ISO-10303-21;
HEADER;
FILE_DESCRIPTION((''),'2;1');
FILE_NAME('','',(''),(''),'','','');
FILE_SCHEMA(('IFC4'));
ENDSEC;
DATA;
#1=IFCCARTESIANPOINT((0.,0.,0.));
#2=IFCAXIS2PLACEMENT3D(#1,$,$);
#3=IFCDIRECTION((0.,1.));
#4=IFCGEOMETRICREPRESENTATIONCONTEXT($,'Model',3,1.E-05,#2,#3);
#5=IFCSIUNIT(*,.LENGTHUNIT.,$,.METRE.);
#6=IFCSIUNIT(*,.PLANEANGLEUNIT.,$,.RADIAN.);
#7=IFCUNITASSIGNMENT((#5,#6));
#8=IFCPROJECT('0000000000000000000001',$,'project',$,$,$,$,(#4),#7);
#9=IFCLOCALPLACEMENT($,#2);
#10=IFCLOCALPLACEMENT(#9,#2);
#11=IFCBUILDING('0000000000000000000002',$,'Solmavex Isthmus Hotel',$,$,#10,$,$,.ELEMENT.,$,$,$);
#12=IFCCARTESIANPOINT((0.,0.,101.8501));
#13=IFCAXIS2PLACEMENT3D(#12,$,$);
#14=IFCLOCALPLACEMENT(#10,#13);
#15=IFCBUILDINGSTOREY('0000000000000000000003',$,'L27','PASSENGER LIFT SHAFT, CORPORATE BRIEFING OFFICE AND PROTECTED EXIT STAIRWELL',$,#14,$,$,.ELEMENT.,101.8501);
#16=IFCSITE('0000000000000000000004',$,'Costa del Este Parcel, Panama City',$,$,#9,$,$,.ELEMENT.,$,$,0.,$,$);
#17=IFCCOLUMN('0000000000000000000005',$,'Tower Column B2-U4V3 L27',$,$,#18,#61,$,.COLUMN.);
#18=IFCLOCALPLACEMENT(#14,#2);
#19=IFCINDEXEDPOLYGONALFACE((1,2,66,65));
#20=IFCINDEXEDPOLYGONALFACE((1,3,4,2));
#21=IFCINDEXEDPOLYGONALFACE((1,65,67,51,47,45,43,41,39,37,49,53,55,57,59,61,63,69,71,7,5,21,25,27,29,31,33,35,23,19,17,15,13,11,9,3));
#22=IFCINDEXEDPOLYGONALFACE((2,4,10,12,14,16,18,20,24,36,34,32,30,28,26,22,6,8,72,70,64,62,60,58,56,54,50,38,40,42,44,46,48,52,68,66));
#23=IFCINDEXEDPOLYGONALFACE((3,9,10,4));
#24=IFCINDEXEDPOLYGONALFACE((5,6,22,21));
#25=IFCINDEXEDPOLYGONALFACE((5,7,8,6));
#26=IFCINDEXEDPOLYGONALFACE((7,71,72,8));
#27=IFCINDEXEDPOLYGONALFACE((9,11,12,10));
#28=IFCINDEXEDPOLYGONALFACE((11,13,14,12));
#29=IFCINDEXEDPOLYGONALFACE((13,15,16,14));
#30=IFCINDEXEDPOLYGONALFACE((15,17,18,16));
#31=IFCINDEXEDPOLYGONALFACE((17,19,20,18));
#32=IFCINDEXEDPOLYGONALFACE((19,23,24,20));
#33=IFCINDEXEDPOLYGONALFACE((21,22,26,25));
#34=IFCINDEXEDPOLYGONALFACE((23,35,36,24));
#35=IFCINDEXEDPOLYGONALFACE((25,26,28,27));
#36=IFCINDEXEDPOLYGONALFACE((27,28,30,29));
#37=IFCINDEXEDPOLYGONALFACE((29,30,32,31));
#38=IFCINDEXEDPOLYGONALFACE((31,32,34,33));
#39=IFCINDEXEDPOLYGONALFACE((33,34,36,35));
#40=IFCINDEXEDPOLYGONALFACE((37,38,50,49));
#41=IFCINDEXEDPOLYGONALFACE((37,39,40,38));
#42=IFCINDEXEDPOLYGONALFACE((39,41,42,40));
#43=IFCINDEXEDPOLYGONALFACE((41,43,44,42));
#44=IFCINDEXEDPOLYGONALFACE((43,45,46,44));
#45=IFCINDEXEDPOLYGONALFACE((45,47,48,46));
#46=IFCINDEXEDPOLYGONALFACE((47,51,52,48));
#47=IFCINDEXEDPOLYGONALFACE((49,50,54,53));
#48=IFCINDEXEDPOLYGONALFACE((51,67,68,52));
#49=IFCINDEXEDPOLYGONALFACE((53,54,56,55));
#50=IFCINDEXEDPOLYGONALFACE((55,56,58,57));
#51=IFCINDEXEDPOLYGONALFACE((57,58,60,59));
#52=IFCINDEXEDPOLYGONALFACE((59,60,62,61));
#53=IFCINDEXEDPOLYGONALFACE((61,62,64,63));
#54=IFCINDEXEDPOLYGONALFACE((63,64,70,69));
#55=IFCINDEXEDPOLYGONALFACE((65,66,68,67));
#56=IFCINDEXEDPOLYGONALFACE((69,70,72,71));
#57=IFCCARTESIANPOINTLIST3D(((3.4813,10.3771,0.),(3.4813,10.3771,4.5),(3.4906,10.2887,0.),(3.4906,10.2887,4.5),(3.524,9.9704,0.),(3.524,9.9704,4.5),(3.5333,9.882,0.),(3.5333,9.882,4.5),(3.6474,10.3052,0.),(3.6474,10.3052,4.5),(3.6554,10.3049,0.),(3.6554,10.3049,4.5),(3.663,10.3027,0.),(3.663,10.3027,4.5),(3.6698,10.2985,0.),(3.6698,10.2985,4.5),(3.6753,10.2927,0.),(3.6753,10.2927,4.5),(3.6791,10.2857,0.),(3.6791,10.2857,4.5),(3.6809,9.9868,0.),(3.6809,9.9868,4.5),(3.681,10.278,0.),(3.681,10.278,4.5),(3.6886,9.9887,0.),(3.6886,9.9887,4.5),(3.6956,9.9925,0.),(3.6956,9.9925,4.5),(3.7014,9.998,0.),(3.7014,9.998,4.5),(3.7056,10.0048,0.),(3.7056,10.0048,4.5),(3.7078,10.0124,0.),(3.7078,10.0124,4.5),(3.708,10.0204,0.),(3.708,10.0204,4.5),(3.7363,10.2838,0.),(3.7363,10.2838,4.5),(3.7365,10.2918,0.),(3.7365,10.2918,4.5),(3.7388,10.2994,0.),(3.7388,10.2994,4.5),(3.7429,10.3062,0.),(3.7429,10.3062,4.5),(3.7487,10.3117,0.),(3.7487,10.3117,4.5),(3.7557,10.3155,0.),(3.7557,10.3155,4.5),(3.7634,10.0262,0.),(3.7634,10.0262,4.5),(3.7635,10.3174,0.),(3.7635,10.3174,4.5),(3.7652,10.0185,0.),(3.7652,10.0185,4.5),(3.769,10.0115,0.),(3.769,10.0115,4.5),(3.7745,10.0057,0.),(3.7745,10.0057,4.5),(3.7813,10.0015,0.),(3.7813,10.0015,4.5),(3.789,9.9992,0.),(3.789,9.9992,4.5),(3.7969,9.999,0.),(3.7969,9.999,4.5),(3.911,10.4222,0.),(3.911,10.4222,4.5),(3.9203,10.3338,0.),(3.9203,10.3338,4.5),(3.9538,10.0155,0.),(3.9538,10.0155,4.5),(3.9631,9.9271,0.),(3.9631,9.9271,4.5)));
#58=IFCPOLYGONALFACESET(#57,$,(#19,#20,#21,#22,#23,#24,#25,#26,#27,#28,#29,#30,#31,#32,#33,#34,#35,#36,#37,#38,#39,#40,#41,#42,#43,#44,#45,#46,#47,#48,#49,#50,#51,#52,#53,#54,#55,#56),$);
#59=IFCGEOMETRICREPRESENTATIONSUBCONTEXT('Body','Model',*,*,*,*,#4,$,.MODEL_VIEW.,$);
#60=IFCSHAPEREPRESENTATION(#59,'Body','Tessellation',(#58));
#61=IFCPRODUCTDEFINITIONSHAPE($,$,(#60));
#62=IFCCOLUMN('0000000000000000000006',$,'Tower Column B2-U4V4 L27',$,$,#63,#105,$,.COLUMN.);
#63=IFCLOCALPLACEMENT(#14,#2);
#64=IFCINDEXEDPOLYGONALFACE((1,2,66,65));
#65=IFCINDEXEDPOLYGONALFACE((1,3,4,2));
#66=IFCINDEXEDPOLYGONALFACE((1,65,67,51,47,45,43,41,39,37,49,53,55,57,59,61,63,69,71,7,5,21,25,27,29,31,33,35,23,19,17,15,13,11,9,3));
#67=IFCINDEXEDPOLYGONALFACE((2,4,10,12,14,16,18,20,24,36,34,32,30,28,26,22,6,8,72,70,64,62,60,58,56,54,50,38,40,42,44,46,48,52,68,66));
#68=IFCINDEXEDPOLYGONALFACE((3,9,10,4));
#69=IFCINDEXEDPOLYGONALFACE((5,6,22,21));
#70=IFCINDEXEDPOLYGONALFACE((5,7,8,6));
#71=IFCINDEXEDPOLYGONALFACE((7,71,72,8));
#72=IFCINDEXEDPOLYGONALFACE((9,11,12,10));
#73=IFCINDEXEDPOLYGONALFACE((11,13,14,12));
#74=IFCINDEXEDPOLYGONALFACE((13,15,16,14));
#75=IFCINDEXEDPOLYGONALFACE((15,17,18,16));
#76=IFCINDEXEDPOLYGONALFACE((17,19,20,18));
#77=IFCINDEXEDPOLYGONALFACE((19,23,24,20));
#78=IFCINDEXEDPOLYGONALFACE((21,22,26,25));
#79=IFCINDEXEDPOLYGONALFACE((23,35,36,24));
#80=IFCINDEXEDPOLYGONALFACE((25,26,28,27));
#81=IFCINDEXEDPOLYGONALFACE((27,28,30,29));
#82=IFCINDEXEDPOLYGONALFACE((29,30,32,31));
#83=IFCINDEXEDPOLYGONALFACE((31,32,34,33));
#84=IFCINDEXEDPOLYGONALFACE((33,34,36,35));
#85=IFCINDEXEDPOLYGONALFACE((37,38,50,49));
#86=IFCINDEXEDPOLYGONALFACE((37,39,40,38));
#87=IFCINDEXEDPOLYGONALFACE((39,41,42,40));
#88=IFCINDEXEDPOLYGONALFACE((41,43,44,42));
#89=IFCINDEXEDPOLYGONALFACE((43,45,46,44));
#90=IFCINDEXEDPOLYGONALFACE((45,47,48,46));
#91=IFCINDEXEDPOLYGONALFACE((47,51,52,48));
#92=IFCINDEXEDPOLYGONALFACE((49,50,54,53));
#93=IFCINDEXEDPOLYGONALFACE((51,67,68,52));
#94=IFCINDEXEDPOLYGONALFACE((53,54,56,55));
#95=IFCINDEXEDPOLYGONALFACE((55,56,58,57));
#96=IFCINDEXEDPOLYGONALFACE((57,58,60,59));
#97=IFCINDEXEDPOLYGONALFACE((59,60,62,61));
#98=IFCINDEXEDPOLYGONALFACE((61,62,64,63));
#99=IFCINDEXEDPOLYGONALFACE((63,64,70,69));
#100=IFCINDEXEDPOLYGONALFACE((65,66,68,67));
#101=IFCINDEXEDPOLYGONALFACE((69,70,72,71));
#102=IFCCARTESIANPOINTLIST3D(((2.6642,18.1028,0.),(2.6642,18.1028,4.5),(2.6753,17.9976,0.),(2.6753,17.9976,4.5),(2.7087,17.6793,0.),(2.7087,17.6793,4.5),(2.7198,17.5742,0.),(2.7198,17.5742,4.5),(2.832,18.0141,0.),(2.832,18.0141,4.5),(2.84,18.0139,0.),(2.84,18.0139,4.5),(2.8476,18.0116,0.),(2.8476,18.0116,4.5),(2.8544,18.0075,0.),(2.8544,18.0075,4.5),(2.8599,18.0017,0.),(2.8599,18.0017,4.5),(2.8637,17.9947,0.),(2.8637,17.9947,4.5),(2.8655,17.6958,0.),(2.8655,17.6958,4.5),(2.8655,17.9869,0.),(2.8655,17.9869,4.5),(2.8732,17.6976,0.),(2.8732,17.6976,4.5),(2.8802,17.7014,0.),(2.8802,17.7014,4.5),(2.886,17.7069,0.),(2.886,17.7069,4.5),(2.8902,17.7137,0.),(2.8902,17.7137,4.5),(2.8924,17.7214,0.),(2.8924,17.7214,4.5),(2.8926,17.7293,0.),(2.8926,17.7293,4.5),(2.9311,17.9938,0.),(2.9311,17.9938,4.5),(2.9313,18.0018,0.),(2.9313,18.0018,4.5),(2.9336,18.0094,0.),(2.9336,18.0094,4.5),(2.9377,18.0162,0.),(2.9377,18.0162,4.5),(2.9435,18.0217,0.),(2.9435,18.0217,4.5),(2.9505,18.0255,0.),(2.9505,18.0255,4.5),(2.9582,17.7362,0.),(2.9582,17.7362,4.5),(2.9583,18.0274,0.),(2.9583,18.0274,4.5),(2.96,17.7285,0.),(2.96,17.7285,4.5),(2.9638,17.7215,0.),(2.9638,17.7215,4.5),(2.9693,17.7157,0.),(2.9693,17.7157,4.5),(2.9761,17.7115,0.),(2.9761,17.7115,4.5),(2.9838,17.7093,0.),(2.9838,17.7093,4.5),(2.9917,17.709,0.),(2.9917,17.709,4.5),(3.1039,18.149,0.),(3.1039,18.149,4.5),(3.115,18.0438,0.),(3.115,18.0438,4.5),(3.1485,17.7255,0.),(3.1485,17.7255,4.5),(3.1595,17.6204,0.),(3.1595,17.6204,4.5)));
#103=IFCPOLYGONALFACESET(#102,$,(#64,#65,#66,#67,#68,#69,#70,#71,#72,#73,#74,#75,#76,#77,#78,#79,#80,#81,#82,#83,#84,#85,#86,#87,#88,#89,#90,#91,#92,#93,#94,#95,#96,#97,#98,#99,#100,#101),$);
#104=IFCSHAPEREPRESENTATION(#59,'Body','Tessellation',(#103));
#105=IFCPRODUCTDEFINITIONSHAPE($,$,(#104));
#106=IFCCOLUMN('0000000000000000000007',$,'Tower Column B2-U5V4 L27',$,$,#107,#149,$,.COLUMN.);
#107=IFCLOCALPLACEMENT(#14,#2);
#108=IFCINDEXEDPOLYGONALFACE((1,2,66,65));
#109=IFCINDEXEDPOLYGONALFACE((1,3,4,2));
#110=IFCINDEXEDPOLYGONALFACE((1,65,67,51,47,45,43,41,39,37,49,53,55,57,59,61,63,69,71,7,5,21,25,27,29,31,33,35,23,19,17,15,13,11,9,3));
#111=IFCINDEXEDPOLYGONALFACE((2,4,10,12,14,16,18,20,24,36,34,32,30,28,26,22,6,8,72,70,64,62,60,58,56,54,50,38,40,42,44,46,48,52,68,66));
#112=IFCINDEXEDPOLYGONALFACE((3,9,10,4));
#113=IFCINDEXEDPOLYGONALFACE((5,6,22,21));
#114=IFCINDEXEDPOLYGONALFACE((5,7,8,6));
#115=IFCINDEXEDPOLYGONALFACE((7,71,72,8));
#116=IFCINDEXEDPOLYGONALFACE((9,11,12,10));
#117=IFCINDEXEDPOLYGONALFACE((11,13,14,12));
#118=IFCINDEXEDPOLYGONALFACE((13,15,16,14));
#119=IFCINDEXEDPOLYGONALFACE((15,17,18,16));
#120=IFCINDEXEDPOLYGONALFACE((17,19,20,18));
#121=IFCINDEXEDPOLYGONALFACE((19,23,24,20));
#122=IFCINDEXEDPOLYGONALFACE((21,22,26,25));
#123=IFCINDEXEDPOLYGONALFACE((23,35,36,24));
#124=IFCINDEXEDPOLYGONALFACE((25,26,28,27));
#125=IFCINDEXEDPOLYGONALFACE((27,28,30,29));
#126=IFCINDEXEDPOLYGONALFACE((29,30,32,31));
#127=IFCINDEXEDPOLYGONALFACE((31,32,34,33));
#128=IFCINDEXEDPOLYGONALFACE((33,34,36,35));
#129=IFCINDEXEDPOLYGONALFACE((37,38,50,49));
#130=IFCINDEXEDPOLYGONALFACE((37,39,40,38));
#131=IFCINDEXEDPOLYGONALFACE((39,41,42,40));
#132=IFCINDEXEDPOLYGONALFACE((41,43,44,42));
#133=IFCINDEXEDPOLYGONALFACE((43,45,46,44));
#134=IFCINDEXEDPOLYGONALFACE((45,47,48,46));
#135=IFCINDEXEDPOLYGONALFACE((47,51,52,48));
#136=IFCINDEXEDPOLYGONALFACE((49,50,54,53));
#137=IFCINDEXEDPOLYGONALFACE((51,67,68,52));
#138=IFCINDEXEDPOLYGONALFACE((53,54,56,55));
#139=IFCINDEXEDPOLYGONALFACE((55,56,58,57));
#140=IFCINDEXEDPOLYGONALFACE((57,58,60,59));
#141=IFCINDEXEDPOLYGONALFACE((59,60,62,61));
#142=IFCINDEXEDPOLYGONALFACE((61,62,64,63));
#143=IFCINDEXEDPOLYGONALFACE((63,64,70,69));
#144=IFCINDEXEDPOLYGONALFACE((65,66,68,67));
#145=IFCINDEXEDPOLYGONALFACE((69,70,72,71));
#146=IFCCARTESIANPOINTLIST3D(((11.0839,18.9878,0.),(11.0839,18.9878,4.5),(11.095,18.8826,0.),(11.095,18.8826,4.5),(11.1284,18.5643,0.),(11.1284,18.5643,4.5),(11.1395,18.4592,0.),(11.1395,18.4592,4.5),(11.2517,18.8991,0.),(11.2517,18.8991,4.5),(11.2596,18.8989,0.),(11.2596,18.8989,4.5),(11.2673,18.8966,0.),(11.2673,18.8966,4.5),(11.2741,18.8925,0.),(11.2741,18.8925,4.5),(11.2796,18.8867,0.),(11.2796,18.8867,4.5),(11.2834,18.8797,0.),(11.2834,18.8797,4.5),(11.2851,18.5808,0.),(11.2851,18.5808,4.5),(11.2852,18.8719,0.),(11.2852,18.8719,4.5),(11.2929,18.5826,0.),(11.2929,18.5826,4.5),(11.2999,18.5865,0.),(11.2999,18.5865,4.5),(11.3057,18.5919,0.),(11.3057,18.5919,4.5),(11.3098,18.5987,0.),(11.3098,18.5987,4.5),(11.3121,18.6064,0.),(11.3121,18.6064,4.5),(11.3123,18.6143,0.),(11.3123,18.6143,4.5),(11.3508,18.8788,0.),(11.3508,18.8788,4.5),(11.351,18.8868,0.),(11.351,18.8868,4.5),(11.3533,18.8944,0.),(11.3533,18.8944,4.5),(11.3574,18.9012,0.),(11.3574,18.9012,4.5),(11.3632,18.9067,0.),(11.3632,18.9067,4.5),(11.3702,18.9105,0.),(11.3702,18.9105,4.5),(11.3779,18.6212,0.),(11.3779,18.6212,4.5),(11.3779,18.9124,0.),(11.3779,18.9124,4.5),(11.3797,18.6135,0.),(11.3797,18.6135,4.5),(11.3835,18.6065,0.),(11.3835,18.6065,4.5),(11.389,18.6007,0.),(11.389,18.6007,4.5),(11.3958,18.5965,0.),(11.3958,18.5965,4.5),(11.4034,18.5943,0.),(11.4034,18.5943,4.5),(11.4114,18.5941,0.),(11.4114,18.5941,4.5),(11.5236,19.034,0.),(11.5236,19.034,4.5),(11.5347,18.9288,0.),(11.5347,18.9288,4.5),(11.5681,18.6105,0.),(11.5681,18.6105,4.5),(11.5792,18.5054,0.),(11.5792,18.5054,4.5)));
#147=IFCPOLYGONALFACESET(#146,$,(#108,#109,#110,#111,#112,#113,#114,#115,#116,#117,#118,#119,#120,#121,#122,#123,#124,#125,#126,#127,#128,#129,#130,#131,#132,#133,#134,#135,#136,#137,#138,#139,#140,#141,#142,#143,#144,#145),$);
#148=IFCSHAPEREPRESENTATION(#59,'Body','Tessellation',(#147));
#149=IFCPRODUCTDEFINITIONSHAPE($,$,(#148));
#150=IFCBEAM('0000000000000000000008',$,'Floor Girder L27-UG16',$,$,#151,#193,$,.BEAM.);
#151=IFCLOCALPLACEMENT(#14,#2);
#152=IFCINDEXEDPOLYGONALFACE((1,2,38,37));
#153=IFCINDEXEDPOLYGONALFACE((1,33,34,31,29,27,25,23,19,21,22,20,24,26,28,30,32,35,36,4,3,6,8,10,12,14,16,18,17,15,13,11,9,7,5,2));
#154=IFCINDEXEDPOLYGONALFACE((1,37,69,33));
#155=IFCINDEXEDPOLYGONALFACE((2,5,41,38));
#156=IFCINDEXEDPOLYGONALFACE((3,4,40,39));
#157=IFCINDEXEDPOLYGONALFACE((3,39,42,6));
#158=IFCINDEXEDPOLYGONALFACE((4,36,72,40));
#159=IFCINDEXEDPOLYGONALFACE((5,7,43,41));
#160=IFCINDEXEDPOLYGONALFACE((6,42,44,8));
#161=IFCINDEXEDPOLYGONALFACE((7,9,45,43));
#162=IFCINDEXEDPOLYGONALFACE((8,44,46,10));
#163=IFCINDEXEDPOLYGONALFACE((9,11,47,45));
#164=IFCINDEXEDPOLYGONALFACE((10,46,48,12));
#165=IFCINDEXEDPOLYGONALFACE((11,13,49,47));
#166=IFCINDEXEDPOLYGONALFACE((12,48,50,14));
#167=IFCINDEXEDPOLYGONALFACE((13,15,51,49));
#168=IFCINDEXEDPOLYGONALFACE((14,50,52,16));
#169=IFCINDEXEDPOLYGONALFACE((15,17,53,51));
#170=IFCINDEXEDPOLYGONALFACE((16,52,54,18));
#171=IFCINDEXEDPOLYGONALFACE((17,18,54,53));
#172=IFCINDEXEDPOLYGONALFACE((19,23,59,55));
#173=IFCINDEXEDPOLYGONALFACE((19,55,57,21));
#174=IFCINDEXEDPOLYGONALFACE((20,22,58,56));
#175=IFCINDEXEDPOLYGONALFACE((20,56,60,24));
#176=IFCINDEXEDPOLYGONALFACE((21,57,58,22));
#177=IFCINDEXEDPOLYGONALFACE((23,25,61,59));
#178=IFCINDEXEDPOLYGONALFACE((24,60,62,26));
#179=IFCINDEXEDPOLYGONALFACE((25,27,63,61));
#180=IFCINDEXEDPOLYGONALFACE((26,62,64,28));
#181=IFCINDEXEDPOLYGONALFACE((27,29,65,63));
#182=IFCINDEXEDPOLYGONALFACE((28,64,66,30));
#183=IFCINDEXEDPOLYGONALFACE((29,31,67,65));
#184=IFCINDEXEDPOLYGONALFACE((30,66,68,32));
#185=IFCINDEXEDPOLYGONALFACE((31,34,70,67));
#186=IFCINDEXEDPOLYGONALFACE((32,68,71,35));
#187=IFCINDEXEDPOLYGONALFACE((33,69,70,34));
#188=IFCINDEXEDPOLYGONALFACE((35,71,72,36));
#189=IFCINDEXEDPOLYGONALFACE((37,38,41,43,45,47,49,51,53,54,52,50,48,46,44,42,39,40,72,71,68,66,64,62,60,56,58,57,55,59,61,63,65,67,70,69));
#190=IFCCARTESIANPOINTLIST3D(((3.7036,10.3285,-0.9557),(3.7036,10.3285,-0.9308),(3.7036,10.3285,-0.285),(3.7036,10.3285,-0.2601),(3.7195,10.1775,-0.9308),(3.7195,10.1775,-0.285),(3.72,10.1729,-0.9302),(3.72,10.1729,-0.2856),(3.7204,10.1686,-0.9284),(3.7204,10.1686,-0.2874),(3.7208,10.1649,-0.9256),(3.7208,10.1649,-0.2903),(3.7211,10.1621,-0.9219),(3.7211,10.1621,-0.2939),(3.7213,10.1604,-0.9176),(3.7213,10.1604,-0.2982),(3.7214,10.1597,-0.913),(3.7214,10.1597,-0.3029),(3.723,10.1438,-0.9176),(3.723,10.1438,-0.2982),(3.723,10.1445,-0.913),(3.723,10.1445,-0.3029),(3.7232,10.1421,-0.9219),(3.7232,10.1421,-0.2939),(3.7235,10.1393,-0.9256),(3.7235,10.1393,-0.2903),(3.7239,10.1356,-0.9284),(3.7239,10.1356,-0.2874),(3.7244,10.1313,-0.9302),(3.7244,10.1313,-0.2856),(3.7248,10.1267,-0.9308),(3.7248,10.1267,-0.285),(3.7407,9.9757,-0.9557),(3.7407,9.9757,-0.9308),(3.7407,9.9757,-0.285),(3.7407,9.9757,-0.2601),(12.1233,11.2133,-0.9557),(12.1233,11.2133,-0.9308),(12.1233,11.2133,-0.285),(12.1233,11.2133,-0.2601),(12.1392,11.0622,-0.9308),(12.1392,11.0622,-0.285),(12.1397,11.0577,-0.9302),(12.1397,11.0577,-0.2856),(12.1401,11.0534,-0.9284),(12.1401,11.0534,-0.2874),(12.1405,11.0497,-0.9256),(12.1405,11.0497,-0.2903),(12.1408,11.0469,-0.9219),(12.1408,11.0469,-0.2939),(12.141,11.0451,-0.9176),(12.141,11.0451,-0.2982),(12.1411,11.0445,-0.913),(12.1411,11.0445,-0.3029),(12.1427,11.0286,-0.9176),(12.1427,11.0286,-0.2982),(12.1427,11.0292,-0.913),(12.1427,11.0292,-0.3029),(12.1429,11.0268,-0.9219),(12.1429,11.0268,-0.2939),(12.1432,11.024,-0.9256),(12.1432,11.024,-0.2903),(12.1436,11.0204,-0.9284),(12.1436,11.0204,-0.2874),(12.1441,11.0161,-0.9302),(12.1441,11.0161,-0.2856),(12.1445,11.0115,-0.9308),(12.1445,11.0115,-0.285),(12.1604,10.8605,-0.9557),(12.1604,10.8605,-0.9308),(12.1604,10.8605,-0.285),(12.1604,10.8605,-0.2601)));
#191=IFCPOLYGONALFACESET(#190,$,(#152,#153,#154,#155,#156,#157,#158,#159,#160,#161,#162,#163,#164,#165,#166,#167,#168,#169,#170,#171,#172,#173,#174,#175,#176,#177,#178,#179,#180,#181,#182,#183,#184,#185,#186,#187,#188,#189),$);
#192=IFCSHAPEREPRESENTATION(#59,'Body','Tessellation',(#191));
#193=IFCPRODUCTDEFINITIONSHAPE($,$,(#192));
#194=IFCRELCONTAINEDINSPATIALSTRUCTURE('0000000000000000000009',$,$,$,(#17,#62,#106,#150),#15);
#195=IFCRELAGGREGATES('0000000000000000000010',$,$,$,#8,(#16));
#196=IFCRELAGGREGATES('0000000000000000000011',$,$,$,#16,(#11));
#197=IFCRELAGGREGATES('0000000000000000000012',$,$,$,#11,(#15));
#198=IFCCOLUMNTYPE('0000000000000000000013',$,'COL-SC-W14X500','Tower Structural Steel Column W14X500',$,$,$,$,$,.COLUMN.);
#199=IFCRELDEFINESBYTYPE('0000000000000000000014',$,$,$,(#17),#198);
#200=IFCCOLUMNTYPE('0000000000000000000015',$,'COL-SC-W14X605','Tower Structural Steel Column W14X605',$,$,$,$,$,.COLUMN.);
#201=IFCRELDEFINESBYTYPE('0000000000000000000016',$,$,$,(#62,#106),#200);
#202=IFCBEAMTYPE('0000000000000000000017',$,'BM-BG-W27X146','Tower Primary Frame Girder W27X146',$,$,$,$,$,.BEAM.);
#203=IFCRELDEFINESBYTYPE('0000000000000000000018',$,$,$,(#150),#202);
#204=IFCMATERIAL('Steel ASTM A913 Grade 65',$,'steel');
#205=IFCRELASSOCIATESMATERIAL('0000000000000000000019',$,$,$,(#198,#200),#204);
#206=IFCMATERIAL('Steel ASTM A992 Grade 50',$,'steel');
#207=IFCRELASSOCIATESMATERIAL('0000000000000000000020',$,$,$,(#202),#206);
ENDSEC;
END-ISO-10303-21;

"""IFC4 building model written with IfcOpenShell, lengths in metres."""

from ifc_helpers import new_model, si_unit, direction, frame, origin, origin_2d, place, context, subcontext, project, spatial, i_section, extrude, material, material_profile, profile_set, type_object, element, save


model = new_model("IFC4")

# Units and contexts
model_context = context("Model", 3, precision=1e-05, world=origin(), true_north=direction((0.0, 1.0)))
body_context = subcontext(model_context, "Body", "Model", "MODEL_VIEW")
ifc_project = project(units=[si_unit("LENGTHUNIT", "METRE"), si_unit("PLANEANGLEUNIT", "RADIAN")], contexts=[model_context])

# Site, building, storey
site_placement = place(None, origin())
site = spatial("IfcSite", under=ifc_project, at=site_placement, Name="Costa del Este Parcel, Panama City", CompositionType="ELEMENT", RefElevation=0.0)
building_placement = place(site_placement, origin())
building = spatial("IfcBuilding", under=site, at=building_placement, Name="Solmavex Isthmus Hotel", CompositionType="ELEMENT")
storey_placement = place(building_placement, frame((0.0, 0.0, 101.8501)))
storey = spatial("IfcBuildingStorey", under=building, at=storey_placement, Name="L27", Description="PASSENGER LIFT SHAFT, CORPORATE BRIEFING OFFICE AND PROTECTED EXIT STAIRWELL", CompositionType="ELEMENT", Elevation=101.8501)

# Columns
ifc_material_1 = material(Name="Steel ASTM A913 Grade 65", Category="steel")
ifc_material_profile_1 = material_profile(ifc_material_1, i_section(OverallWidth=0.4321, OverallDepth=0.4978, WebThickness=0.0557, FlangeThickness=0.0889, FilletRadius=0.0305, at=origin_2d()), Name="W14X500")
ifc_profile_set_1 = profile_set([ifc_material_profile_1], Name="Steel ASTM A913 Grade 65")
column_type_1 = type_object("IfcColumnType", Name="COL-SC-W14X500", Description="Tower Structural Steel Column W14X500", PredefinedType="COLUMN", material=ifc_profile_set_1)
column_placement = place(storey_placement, frame((3.7222, 10.1521, 0.0), z_axis=(0.0, 0.0, 1.0), x_axis=(0.994522, 0.104528, 0.0)))
element("IfcColumn", 1, at=column_placement, inside=storey, type_object=column_type_1, Name="Tower Column B2-U4V3 L27", PredefinedType="COLUMN", context=body_context, shape_type="SweptSolid", body=[
    extrude(i_section(OverallWidth=0.4321, OverallDepth=0.4978, WebThickness=0.0557, FlangeThickness=0.0889, FilletRadius=0.0305, at=origin_2d()), origin(), (0.0, 0.0, 1.0), 4.5),
])
ifc_material_profile_2 = material_profile(ifc_material_1, i_section(OverallWidth=0.4421, OverallDepth=0.5315, WebThickness=0.0659, FlangeThickness=0.1057, FilletRadius=0.0305, at=origin_2d()), Name="W14X605")
ifc_profile_set_2 = profile_set([ifc_material_profile_2], Name="Steel ASTM A913 Grade 65")
column_type_2 = type_object("IfcColumnType", Name="COL-SC-W14X605", Description="Tower Structural Steel Column W14X605", PredefinedType="COLUMN", material=ifc_profile_set_2)
for number, where, z_axis, x_axis, name in (
    (2, (2.9119, 17.8616, 0.0), (0.0, 0.0, 1.0), (0.994522, 0.104528, 0.0), "Tower Column B2-U4V4 L27"),
    (3, (11.3315, 18.7466, 0.0), (0.0, 0.0, 1.0), (0.994522, 0.104528, 0.0), "Tower Column B2-U5V4 L27"),
):
    element("IfcColumn", number, at=place(storey_placement, frame(where, z_axis=z_axis, x_axis=x_axis)), inside=storey, type_object=column_type_2, Name=name, PredefinedType="COLUMN", context=body_context, shape_type="SweptSolid", body=[
        extrude(i_section(OverallWidth=0.4421, OverallDepth=0.5315, WebThickness=0.0659, FlangeThickness=0.1057, FilletRadius=0.0305, at=origin_2d()), origin(), (0.0, 0.0, 1.0), 4.5),
    ])

# Beam
ifc_material_2 = material(Name="Steel ASTM A992 Grade 50", Category="steel")
ifc_material_profile_3 = material_profile(ifc_material_2, i_section(OverallWidth=0.3547, OverallDepth=0.6956, WebThickness=0.0154, FlangeThickness=0.0249, FilletRadius=0.0178, at=origin_2d()), Name="W27X146")
ifc_profile_set_3 = profile_set([ifc_material_profile_3], Name="Steel ASTM A992 Grade 50")
beam_type_1 = type_object("IfcBeamType", Name="BM-BG-W27X146", Description="Tower Primary Frame Girder W27X146", PredefinedType="BEAM", material=ifc_profile_set_3)
beam_1_placement = place(storey_placement, frame((3.7222, 10.1521, -0.6079), z_axis=(0.994524, 0.104508, 0.0), x_axis=(-0.104508, 0.994524, 0.0)))
element("IfcBeam", 4, at=beam_1_placement, inside=storey, type_object=beam_type_1, Name="Floor Girder L27-UG16", PredefinedType="BEAM", context=body_context, shape_type="SweptSolid", body=[
    extrude(i_section(OverallWidth=0.3547, OverallDepth=0.6956, WebThickness=0.0154, FlangeThickness=0.0249, FilletRadius=0.0178, at=origin_2d()), origin(), (0.0, 0.0, 1.0), 8.4661),
])

save(model, "model.ifc")
